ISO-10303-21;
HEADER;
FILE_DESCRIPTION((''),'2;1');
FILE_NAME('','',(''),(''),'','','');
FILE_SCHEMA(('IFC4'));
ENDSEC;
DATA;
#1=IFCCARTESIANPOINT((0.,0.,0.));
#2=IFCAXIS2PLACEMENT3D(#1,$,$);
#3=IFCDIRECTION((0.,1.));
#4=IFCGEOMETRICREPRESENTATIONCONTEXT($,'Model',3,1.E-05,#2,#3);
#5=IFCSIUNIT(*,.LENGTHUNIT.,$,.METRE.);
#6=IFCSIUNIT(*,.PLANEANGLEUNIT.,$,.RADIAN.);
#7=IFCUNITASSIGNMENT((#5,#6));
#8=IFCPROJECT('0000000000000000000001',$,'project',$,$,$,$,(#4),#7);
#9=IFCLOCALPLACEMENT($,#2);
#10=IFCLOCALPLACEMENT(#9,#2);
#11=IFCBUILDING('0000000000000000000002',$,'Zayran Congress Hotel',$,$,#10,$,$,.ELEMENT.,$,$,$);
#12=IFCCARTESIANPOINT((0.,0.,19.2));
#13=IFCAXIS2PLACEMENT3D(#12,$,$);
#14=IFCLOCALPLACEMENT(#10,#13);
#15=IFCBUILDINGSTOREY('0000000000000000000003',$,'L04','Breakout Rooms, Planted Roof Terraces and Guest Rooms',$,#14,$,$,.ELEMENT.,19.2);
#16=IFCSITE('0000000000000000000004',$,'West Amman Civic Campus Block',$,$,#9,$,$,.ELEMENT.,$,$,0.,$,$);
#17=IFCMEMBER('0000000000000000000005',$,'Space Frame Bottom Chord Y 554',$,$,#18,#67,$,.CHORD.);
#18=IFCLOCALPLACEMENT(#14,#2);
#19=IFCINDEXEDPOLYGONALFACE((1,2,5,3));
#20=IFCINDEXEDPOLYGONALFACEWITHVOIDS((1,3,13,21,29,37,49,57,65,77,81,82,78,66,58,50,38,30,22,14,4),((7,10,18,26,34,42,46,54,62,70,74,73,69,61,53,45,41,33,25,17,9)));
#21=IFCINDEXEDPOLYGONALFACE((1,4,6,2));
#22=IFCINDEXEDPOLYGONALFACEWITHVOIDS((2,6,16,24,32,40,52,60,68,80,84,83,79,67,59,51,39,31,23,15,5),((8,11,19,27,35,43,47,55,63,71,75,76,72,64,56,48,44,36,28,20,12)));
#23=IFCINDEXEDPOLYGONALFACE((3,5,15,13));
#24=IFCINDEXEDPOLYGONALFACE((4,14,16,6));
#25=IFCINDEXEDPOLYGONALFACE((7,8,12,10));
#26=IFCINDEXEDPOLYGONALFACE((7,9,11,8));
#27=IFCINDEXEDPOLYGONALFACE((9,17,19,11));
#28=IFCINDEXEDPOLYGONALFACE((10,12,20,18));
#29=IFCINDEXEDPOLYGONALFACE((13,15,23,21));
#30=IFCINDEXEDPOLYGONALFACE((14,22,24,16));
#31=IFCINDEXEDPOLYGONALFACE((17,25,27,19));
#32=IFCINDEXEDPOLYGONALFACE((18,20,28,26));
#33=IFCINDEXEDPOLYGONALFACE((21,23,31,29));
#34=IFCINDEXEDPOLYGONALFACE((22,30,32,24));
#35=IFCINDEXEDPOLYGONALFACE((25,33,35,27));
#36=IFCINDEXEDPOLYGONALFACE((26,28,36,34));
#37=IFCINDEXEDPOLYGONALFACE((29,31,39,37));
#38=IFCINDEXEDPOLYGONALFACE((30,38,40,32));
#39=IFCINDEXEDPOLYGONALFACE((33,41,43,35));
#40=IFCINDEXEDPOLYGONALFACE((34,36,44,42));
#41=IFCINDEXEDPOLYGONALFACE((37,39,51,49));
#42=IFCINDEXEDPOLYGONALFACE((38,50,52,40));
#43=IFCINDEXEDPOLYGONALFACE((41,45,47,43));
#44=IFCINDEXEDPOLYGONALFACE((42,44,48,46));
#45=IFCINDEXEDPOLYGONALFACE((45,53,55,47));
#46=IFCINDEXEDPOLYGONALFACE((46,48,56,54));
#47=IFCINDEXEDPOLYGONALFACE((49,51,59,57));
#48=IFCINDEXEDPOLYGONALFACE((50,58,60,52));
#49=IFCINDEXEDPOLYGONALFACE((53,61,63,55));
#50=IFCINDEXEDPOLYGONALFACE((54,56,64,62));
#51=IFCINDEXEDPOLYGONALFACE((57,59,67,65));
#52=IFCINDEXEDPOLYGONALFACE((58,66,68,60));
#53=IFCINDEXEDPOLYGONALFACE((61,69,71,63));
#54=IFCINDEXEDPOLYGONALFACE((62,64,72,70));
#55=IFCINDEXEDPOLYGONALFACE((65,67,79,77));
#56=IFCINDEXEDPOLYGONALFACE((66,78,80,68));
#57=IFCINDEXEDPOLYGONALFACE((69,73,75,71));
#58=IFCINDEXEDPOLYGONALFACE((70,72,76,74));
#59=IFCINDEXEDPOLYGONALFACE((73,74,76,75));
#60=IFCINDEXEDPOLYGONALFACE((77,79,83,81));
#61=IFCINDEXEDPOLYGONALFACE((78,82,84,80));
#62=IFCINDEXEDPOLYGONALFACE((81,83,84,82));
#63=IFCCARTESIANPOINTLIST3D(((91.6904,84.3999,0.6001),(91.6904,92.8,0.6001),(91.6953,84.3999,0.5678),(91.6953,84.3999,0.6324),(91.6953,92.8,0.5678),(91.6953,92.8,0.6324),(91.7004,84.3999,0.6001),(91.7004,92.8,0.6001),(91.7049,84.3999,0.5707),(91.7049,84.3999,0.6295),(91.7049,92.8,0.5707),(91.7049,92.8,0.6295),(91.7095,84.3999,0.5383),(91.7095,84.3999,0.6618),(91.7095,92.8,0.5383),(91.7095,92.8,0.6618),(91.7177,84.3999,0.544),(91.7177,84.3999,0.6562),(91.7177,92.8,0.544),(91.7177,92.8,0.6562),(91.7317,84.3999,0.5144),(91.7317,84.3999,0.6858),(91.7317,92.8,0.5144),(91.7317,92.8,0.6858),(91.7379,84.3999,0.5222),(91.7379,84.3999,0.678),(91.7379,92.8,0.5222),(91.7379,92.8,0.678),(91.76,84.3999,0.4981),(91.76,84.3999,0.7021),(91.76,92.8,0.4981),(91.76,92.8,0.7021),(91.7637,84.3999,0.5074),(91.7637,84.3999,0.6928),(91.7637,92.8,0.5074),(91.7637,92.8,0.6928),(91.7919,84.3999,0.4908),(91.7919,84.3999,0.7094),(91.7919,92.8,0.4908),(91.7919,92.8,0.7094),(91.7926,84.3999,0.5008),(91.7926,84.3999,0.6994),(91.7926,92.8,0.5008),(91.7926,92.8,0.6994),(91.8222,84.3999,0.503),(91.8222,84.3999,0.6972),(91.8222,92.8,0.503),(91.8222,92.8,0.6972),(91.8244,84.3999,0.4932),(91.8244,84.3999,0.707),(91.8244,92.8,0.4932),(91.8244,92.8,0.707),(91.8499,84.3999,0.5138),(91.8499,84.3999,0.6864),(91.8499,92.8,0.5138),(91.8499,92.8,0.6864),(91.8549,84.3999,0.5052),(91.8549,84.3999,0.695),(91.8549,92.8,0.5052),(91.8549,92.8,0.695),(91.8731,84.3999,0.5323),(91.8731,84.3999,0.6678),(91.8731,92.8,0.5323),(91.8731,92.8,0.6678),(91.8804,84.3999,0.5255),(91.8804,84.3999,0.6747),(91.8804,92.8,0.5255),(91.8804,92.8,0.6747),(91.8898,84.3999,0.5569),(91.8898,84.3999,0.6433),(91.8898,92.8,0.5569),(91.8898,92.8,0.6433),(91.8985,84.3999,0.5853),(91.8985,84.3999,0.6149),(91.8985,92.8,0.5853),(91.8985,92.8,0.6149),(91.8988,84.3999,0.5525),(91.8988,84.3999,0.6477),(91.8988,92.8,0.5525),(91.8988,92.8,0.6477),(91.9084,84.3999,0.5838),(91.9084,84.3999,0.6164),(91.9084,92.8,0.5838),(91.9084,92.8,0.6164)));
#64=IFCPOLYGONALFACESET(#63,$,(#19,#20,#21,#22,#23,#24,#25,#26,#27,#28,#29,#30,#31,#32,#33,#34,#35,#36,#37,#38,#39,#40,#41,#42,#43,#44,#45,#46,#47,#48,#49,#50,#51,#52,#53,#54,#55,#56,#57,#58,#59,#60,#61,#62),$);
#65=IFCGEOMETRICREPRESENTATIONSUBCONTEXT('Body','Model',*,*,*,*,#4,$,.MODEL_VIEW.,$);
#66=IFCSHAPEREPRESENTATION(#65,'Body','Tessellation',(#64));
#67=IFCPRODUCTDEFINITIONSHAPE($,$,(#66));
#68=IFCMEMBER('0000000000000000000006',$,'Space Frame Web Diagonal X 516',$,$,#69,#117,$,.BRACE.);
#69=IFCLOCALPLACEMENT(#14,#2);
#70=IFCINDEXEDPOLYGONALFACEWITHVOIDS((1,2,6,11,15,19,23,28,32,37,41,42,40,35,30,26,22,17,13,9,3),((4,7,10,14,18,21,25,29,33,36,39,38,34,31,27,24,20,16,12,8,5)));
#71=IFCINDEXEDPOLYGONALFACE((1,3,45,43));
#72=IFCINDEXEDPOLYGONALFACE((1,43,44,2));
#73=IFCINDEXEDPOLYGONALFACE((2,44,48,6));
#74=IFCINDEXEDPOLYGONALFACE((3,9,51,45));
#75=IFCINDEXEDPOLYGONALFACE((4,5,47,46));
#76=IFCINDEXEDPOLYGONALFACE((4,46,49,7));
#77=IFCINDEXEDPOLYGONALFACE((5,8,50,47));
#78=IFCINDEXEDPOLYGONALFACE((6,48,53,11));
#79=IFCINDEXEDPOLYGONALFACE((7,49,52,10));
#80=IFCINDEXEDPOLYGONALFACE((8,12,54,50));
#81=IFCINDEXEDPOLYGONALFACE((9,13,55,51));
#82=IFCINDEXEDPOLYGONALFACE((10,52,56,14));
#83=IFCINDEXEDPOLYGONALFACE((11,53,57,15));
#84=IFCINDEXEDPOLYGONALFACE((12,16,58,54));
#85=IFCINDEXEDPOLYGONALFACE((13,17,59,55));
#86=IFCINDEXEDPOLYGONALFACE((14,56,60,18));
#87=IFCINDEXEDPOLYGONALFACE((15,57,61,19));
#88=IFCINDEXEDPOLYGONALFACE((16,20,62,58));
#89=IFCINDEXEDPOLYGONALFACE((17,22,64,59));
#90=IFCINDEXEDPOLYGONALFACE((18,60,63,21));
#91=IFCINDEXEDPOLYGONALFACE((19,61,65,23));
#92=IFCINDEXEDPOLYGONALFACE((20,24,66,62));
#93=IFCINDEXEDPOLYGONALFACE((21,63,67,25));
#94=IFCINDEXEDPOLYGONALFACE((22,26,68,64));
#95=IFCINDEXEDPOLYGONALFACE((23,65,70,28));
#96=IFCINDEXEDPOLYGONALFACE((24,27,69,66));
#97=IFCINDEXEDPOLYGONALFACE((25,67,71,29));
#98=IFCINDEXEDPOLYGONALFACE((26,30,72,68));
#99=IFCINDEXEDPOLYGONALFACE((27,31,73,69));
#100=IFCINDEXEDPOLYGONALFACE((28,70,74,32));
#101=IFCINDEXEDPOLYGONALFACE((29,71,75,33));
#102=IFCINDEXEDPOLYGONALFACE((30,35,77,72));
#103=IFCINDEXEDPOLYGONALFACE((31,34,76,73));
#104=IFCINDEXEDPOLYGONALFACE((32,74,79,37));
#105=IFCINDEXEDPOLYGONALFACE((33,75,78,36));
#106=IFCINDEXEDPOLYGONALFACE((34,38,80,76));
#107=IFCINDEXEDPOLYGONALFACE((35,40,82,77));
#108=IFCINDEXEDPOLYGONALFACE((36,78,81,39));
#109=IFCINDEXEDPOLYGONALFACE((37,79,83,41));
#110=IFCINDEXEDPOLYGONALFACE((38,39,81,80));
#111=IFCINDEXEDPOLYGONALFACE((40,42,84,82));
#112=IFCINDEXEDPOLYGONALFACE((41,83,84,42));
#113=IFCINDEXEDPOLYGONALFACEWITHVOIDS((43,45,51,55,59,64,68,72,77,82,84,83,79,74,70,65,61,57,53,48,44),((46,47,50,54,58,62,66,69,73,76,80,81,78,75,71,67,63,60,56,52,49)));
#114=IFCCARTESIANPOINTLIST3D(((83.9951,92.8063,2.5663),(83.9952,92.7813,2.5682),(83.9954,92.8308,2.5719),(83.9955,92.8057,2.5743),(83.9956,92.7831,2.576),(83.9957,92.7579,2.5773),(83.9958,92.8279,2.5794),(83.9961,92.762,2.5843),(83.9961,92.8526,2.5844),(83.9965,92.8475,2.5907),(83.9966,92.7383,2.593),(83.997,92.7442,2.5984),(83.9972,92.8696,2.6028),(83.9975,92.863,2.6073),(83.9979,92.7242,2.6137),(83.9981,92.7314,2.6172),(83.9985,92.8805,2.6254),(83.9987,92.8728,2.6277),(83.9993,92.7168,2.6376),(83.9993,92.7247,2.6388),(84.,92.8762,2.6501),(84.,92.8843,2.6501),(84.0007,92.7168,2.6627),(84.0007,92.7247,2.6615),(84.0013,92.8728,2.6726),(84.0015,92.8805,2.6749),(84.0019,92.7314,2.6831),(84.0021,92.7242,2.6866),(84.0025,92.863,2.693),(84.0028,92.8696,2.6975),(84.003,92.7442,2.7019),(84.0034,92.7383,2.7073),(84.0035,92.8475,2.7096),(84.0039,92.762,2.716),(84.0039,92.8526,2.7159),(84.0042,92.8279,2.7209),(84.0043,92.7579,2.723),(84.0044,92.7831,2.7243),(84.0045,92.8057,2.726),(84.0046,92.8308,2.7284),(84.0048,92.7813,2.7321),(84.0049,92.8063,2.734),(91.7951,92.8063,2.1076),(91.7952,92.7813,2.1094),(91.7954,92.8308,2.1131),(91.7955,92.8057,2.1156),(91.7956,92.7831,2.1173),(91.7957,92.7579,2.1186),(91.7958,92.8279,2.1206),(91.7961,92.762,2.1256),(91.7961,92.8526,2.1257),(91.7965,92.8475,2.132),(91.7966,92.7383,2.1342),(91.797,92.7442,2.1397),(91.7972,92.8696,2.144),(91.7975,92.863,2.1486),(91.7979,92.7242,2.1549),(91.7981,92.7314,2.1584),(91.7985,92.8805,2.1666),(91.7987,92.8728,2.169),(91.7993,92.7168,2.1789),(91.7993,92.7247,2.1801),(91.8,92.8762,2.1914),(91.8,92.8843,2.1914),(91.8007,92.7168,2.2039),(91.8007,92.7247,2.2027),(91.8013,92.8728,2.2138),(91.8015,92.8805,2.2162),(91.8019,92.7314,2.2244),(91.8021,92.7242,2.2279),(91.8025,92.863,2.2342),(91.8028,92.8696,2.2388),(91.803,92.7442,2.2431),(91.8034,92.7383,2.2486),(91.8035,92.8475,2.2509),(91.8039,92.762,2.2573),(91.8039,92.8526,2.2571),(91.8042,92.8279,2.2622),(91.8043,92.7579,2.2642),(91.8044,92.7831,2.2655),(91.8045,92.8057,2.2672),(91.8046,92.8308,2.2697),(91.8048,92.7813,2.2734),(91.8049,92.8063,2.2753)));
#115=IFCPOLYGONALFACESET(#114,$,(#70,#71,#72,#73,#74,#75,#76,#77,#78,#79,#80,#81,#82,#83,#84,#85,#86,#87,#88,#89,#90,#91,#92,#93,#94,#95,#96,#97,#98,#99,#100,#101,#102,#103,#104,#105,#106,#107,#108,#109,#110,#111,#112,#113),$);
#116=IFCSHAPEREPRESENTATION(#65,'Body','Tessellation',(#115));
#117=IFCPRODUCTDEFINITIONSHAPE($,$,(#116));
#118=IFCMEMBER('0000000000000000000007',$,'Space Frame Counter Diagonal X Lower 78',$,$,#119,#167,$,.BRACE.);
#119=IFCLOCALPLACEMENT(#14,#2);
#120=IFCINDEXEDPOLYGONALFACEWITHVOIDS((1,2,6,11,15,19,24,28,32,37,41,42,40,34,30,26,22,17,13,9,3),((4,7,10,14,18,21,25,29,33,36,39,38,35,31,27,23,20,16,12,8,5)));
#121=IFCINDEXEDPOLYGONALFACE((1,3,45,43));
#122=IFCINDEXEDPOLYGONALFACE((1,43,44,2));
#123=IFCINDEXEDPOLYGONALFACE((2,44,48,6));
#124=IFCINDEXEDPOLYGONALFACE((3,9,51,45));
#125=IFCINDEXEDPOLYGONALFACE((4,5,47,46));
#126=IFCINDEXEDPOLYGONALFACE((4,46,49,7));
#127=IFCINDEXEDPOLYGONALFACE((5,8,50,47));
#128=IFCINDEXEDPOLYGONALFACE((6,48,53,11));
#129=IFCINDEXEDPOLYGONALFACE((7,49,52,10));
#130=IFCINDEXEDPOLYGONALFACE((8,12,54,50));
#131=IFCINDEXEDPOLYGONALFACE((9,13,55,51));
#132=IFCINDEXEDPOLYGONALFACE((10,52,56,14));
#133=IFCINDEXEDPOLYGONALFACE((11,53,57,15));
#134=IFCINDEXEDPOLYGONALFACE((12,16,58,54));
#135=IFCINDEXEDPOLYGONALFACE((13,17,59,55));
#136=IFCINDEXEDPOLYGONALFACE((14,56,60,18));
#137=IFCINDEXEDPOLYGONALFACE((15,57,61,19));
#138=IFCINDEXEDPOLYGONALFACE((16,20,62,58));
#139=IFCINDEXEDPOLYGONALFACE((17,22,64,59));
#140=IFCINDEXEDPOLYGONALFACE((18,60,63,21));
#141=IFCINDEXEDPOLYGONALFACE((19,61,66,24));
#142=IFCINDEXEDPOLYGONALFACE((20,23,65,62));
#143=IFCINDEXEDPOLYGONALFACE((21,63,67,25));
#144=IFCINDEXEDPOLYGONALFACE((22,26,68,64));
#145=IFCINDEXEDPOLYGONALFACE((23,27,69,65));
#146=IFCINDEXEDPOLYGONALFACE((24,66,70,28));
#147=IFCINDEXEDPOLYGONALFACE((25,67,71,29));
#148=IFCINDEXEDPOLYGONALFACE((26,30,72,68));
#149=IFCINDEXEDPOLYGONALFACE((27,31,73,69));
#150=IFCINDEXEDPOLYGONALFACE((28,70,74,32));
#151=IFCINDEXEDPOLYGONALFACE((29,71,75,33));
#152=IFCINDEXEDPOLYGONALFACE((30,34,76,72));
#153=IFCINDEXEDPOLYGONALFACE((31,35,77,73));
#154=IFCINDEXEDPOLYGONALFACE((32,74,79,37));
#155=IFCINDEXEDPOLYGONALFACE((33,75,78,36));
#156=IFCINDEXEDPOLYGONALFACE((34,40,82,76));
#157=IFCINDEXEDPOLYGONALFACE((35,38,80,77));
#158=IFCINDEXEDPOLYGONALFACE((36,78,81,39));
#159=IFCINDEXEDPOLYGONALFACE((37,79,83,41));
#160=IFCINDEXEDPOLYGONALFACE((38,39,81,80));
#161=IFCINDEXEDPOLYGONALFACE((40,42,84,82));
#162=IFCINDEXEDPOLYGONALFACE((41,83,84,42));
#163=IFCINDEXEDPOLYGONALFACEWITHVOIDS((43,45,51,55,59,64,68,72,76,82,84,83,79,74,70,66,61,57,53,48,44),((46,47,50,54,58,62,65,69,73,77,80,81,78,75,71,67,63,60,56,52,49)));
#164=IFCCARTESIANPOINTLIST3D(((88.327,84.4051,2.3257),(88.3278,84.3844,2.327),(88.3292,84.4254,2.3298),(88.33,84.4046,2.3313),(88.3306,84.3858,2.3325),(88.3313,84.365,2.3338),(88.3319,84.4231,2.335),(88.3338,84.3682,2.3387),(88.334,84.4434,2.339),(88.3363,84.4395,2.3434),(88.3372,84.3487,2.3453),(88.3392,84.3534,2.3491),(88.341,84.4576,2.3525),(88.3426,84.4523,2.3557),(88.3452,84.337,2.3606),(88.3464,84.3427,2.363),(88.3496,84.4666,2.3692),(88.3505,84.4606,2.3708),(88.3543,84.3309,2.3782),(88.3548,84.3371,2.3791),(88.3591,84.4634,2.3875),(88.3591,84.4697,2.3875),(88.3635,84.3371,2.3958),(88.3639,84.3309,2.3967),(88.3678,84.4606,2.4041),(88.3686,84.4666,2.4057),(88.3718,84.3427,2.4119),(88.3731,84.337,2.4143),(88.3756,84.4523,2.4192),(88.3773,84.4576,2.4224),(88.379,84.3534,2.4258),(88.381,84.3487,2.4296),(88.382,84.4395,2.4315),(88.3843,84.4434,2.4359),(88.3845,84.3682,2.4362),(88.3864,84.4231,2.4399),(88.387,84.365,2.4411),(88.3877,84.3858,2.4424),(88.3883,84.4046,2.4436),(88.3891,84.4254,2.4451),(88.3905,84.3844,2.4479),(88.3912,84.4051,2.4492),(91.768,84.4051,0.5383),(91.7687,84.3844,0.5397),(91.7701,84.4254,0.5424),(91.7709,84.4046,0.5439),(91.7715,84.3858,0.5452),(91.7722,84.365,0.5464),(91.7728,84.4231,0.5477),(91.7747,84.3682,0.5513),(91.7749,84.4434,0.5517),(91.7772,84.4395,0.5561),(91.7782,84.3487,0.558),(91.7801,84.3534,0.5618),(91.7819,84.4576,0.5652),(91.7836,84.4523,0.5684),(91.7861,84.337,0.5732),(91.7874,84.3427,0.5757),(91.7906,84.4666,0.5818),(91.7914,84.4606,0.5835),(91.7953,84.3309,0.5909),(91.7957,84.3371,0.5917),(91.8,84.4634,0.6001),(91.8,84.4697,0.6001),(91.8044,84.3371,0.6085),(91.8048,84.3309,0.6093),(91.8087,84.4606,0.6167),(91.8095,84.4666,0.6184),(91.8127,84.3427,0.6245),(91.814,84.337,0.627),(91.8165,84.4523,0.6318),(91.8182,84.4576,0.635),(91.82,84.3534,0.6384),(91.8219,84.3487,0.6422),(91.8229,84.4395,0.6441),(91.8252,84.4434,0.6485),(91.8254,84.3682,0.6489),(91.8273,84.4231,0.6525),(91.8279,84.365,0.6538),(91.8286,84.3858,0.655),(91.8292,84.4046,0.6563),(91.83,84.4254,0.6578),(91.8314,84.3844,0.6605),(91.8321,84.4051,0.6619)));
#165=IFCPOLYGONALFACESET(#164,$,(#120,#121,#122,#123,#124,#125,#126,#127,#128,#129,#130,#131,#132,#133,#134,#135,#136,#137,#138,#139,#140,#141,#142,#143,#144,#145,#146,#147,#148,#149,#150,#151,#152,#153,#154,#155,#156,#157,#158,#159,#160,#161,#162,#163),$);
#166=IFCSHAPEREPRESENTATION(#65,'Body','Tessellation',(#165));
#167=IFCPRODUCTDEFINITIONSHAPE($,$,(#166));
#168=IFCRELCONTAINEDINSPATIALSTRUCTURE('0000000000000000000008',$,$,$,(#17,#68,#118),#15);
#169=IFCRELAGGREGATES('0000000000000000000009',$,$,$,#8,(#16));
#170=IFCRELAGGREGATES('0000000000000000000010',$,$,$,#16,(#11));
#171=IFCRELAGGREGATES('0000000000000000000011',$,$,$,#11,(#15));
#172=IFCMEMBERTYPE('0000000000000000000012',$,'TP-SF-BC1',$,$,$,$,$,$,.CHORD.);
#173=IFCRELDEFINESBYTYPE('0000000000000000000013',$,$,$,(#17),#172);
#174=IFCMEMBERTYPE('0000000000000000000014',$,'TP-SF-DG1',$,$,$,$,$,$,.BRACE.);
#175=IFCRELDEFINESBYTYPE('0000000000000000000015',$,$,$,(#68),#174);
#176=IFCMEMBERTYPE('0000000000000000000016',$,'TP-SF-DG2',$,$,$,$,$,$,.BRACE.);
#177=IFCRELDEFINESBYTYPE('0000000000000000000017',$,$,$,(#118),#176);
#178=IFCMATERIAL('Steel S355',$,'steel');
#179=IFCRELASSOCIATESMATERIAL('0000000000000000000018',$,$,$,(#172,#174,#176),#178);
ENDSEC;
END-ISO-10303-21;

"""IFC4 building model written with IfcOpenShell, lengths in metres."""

from ifc_helpers import new_model, si_unit, direction, frame, origin, origin_2d, place, context, subcontext, project, spatial, hollow_circle, extrude, material, material_profile, profile_set, type_object, element, save


model = new_model("IFC4")

# Units and contexts
model_context = context("Model", 3, precision=1e-05, world=origin(), true_north=direction((0.0, 1.0)))
body_context = subcontext(model_context, "Body", "Model", "MODEL_VIEW")
ifc_project = project(units=[si_unit("LENGTHUNIT", "METRE"), si_unit("PLANEANGLEUNIT", "RADIAN")], contexts=[model_context])

# Site, building, storey
site_placement = place(None, origin())
site = spatial("IfcSite", under=ifc_project, at=site_placement, Name="West Amman Civic Campus Block", CompositionType="ELEMENT", RefElevation=0.0)
building_placement = place(site_placement, origin())
building = spatial("IfcBuilding", under=site, at=building_placement, Name="Zayran Congress Hotel", CompositionType="ELEMENT")
storey_placement = place(building_placement, frame((0.0, 0.0, 19.2)))
storey = spatial("IfcBuildingStorey", under=building, at=storey_placement, Name="L04", Description="Breakout Rooms, Planted Roof Terraces and Guest Rooms", CompositionType="ELEMENT", Elevation=19.2)

# Shared definitions
ifc_material = material(Name="Steel S355", Category="steel")

# Members
ifc_material_profile_1 = material_profile(ifc_material, hollow_circle(Radius=0.1096, WallThickness=0.01, at=origin_2d()), Name="CHS 219.1x10")
ifc_profile_set_1 = profile_set([ifc_material_profile_1], Name="Steel S355")
member_type_1 = type_object("IfcMemberType", Name="TP-SF-BC1", PredefinedType="CHORD", material=ifc_profile_set_1)
member_1_placement = place(storey_placement, frame((91.8, 84.3999, 0.6001), z_axis=(0.0, 1.0, 0.0), x_axis=(-1.0, 0.0, 0.0)))
element("IfcMember", 1, at=member_1_placement, inside=storey, type_object=member_type_1, Name="Space Frame Bottom Chord Y 554", PredefinedType="CHORD", context=body_context, shape_type="SweptSolid", body=[
    extrude(hollow_circle(Radius=0.1096, WallThickness=0.01, at=origin_2d()), origin(), (0.0, 0.0, 1.0), 8.4001),
])
ifc_material_profile_2 = material_profile(ifc_material, hollow_circle(Radius=0.0842, WallThickness=0.0081, at=origin_2d()), Name="CHS 168.3x8")
ifc_profile_set_2 = profile_set([ifc_material_profile_2], Name="Steel S355")
member_type_2 = type_object("IfcMemberType", Name="TP-SF-DG1", PredefinedType="BRACE", material=ifc_profile_set_2)
member_2_placement = place(storey_placement, frame((84.0, 92.8, 2.6501), z_axis=(0.998275, 0.0, -0.058711), x_axis=(0.0, 1.0, 0.0)))
element("IfcMember", 2, at=member_2_placement, inside=storey, type_object=member_type_2, Name="Space Frame Web Diagonal X 516", PredefinedType="BRACE", context=body_context, shape_type="SweptSolid", body=[
    extrude(hollow_circle(Radius=0.0842, WallThickness=0.0081, at=origin_2d()), origin(), (0.0, 0.0, 1.0), 7.8135),
])
ifc_material_profile_3 = material_profile(ifc_material, hollow_circle(Radius=0.0698, WallThickness=0.0063, at=origin_2d()), Name="CHS 139.7x6.3")
ifc_profile_set_3 = profile_set([ifc_material_profile_3], Name="Steel S355")
member_type_3 = type_object("IfcMemberType", Name="TP-SF-DG2", PredefinedType="BRACE", material=ifc_profile_set_3)
member_3_placement = place(storey_placement, frame((88.3591, 84.3999, 2.3875), z_axis=(0.88742, 0.0, -0.460962), x_axis=(0.0, 1.0, 0.0)))
element("IfcMember", 3, at=member_3_placement, inside=storey, type_object=member_type_3, Name="Space Frame Counter Diagonal X Lower 78", PredefinedType="BRACE", context=body_context, shape_type="SweptSolid", body=[
    extrude(hollow_circle(Radius=0.0698, WallThickness=0.0063, at=origin_2d()), origin(), (0.0, 0.0, 1.0), 3.8774),
])

save(model, "model.ifc")
